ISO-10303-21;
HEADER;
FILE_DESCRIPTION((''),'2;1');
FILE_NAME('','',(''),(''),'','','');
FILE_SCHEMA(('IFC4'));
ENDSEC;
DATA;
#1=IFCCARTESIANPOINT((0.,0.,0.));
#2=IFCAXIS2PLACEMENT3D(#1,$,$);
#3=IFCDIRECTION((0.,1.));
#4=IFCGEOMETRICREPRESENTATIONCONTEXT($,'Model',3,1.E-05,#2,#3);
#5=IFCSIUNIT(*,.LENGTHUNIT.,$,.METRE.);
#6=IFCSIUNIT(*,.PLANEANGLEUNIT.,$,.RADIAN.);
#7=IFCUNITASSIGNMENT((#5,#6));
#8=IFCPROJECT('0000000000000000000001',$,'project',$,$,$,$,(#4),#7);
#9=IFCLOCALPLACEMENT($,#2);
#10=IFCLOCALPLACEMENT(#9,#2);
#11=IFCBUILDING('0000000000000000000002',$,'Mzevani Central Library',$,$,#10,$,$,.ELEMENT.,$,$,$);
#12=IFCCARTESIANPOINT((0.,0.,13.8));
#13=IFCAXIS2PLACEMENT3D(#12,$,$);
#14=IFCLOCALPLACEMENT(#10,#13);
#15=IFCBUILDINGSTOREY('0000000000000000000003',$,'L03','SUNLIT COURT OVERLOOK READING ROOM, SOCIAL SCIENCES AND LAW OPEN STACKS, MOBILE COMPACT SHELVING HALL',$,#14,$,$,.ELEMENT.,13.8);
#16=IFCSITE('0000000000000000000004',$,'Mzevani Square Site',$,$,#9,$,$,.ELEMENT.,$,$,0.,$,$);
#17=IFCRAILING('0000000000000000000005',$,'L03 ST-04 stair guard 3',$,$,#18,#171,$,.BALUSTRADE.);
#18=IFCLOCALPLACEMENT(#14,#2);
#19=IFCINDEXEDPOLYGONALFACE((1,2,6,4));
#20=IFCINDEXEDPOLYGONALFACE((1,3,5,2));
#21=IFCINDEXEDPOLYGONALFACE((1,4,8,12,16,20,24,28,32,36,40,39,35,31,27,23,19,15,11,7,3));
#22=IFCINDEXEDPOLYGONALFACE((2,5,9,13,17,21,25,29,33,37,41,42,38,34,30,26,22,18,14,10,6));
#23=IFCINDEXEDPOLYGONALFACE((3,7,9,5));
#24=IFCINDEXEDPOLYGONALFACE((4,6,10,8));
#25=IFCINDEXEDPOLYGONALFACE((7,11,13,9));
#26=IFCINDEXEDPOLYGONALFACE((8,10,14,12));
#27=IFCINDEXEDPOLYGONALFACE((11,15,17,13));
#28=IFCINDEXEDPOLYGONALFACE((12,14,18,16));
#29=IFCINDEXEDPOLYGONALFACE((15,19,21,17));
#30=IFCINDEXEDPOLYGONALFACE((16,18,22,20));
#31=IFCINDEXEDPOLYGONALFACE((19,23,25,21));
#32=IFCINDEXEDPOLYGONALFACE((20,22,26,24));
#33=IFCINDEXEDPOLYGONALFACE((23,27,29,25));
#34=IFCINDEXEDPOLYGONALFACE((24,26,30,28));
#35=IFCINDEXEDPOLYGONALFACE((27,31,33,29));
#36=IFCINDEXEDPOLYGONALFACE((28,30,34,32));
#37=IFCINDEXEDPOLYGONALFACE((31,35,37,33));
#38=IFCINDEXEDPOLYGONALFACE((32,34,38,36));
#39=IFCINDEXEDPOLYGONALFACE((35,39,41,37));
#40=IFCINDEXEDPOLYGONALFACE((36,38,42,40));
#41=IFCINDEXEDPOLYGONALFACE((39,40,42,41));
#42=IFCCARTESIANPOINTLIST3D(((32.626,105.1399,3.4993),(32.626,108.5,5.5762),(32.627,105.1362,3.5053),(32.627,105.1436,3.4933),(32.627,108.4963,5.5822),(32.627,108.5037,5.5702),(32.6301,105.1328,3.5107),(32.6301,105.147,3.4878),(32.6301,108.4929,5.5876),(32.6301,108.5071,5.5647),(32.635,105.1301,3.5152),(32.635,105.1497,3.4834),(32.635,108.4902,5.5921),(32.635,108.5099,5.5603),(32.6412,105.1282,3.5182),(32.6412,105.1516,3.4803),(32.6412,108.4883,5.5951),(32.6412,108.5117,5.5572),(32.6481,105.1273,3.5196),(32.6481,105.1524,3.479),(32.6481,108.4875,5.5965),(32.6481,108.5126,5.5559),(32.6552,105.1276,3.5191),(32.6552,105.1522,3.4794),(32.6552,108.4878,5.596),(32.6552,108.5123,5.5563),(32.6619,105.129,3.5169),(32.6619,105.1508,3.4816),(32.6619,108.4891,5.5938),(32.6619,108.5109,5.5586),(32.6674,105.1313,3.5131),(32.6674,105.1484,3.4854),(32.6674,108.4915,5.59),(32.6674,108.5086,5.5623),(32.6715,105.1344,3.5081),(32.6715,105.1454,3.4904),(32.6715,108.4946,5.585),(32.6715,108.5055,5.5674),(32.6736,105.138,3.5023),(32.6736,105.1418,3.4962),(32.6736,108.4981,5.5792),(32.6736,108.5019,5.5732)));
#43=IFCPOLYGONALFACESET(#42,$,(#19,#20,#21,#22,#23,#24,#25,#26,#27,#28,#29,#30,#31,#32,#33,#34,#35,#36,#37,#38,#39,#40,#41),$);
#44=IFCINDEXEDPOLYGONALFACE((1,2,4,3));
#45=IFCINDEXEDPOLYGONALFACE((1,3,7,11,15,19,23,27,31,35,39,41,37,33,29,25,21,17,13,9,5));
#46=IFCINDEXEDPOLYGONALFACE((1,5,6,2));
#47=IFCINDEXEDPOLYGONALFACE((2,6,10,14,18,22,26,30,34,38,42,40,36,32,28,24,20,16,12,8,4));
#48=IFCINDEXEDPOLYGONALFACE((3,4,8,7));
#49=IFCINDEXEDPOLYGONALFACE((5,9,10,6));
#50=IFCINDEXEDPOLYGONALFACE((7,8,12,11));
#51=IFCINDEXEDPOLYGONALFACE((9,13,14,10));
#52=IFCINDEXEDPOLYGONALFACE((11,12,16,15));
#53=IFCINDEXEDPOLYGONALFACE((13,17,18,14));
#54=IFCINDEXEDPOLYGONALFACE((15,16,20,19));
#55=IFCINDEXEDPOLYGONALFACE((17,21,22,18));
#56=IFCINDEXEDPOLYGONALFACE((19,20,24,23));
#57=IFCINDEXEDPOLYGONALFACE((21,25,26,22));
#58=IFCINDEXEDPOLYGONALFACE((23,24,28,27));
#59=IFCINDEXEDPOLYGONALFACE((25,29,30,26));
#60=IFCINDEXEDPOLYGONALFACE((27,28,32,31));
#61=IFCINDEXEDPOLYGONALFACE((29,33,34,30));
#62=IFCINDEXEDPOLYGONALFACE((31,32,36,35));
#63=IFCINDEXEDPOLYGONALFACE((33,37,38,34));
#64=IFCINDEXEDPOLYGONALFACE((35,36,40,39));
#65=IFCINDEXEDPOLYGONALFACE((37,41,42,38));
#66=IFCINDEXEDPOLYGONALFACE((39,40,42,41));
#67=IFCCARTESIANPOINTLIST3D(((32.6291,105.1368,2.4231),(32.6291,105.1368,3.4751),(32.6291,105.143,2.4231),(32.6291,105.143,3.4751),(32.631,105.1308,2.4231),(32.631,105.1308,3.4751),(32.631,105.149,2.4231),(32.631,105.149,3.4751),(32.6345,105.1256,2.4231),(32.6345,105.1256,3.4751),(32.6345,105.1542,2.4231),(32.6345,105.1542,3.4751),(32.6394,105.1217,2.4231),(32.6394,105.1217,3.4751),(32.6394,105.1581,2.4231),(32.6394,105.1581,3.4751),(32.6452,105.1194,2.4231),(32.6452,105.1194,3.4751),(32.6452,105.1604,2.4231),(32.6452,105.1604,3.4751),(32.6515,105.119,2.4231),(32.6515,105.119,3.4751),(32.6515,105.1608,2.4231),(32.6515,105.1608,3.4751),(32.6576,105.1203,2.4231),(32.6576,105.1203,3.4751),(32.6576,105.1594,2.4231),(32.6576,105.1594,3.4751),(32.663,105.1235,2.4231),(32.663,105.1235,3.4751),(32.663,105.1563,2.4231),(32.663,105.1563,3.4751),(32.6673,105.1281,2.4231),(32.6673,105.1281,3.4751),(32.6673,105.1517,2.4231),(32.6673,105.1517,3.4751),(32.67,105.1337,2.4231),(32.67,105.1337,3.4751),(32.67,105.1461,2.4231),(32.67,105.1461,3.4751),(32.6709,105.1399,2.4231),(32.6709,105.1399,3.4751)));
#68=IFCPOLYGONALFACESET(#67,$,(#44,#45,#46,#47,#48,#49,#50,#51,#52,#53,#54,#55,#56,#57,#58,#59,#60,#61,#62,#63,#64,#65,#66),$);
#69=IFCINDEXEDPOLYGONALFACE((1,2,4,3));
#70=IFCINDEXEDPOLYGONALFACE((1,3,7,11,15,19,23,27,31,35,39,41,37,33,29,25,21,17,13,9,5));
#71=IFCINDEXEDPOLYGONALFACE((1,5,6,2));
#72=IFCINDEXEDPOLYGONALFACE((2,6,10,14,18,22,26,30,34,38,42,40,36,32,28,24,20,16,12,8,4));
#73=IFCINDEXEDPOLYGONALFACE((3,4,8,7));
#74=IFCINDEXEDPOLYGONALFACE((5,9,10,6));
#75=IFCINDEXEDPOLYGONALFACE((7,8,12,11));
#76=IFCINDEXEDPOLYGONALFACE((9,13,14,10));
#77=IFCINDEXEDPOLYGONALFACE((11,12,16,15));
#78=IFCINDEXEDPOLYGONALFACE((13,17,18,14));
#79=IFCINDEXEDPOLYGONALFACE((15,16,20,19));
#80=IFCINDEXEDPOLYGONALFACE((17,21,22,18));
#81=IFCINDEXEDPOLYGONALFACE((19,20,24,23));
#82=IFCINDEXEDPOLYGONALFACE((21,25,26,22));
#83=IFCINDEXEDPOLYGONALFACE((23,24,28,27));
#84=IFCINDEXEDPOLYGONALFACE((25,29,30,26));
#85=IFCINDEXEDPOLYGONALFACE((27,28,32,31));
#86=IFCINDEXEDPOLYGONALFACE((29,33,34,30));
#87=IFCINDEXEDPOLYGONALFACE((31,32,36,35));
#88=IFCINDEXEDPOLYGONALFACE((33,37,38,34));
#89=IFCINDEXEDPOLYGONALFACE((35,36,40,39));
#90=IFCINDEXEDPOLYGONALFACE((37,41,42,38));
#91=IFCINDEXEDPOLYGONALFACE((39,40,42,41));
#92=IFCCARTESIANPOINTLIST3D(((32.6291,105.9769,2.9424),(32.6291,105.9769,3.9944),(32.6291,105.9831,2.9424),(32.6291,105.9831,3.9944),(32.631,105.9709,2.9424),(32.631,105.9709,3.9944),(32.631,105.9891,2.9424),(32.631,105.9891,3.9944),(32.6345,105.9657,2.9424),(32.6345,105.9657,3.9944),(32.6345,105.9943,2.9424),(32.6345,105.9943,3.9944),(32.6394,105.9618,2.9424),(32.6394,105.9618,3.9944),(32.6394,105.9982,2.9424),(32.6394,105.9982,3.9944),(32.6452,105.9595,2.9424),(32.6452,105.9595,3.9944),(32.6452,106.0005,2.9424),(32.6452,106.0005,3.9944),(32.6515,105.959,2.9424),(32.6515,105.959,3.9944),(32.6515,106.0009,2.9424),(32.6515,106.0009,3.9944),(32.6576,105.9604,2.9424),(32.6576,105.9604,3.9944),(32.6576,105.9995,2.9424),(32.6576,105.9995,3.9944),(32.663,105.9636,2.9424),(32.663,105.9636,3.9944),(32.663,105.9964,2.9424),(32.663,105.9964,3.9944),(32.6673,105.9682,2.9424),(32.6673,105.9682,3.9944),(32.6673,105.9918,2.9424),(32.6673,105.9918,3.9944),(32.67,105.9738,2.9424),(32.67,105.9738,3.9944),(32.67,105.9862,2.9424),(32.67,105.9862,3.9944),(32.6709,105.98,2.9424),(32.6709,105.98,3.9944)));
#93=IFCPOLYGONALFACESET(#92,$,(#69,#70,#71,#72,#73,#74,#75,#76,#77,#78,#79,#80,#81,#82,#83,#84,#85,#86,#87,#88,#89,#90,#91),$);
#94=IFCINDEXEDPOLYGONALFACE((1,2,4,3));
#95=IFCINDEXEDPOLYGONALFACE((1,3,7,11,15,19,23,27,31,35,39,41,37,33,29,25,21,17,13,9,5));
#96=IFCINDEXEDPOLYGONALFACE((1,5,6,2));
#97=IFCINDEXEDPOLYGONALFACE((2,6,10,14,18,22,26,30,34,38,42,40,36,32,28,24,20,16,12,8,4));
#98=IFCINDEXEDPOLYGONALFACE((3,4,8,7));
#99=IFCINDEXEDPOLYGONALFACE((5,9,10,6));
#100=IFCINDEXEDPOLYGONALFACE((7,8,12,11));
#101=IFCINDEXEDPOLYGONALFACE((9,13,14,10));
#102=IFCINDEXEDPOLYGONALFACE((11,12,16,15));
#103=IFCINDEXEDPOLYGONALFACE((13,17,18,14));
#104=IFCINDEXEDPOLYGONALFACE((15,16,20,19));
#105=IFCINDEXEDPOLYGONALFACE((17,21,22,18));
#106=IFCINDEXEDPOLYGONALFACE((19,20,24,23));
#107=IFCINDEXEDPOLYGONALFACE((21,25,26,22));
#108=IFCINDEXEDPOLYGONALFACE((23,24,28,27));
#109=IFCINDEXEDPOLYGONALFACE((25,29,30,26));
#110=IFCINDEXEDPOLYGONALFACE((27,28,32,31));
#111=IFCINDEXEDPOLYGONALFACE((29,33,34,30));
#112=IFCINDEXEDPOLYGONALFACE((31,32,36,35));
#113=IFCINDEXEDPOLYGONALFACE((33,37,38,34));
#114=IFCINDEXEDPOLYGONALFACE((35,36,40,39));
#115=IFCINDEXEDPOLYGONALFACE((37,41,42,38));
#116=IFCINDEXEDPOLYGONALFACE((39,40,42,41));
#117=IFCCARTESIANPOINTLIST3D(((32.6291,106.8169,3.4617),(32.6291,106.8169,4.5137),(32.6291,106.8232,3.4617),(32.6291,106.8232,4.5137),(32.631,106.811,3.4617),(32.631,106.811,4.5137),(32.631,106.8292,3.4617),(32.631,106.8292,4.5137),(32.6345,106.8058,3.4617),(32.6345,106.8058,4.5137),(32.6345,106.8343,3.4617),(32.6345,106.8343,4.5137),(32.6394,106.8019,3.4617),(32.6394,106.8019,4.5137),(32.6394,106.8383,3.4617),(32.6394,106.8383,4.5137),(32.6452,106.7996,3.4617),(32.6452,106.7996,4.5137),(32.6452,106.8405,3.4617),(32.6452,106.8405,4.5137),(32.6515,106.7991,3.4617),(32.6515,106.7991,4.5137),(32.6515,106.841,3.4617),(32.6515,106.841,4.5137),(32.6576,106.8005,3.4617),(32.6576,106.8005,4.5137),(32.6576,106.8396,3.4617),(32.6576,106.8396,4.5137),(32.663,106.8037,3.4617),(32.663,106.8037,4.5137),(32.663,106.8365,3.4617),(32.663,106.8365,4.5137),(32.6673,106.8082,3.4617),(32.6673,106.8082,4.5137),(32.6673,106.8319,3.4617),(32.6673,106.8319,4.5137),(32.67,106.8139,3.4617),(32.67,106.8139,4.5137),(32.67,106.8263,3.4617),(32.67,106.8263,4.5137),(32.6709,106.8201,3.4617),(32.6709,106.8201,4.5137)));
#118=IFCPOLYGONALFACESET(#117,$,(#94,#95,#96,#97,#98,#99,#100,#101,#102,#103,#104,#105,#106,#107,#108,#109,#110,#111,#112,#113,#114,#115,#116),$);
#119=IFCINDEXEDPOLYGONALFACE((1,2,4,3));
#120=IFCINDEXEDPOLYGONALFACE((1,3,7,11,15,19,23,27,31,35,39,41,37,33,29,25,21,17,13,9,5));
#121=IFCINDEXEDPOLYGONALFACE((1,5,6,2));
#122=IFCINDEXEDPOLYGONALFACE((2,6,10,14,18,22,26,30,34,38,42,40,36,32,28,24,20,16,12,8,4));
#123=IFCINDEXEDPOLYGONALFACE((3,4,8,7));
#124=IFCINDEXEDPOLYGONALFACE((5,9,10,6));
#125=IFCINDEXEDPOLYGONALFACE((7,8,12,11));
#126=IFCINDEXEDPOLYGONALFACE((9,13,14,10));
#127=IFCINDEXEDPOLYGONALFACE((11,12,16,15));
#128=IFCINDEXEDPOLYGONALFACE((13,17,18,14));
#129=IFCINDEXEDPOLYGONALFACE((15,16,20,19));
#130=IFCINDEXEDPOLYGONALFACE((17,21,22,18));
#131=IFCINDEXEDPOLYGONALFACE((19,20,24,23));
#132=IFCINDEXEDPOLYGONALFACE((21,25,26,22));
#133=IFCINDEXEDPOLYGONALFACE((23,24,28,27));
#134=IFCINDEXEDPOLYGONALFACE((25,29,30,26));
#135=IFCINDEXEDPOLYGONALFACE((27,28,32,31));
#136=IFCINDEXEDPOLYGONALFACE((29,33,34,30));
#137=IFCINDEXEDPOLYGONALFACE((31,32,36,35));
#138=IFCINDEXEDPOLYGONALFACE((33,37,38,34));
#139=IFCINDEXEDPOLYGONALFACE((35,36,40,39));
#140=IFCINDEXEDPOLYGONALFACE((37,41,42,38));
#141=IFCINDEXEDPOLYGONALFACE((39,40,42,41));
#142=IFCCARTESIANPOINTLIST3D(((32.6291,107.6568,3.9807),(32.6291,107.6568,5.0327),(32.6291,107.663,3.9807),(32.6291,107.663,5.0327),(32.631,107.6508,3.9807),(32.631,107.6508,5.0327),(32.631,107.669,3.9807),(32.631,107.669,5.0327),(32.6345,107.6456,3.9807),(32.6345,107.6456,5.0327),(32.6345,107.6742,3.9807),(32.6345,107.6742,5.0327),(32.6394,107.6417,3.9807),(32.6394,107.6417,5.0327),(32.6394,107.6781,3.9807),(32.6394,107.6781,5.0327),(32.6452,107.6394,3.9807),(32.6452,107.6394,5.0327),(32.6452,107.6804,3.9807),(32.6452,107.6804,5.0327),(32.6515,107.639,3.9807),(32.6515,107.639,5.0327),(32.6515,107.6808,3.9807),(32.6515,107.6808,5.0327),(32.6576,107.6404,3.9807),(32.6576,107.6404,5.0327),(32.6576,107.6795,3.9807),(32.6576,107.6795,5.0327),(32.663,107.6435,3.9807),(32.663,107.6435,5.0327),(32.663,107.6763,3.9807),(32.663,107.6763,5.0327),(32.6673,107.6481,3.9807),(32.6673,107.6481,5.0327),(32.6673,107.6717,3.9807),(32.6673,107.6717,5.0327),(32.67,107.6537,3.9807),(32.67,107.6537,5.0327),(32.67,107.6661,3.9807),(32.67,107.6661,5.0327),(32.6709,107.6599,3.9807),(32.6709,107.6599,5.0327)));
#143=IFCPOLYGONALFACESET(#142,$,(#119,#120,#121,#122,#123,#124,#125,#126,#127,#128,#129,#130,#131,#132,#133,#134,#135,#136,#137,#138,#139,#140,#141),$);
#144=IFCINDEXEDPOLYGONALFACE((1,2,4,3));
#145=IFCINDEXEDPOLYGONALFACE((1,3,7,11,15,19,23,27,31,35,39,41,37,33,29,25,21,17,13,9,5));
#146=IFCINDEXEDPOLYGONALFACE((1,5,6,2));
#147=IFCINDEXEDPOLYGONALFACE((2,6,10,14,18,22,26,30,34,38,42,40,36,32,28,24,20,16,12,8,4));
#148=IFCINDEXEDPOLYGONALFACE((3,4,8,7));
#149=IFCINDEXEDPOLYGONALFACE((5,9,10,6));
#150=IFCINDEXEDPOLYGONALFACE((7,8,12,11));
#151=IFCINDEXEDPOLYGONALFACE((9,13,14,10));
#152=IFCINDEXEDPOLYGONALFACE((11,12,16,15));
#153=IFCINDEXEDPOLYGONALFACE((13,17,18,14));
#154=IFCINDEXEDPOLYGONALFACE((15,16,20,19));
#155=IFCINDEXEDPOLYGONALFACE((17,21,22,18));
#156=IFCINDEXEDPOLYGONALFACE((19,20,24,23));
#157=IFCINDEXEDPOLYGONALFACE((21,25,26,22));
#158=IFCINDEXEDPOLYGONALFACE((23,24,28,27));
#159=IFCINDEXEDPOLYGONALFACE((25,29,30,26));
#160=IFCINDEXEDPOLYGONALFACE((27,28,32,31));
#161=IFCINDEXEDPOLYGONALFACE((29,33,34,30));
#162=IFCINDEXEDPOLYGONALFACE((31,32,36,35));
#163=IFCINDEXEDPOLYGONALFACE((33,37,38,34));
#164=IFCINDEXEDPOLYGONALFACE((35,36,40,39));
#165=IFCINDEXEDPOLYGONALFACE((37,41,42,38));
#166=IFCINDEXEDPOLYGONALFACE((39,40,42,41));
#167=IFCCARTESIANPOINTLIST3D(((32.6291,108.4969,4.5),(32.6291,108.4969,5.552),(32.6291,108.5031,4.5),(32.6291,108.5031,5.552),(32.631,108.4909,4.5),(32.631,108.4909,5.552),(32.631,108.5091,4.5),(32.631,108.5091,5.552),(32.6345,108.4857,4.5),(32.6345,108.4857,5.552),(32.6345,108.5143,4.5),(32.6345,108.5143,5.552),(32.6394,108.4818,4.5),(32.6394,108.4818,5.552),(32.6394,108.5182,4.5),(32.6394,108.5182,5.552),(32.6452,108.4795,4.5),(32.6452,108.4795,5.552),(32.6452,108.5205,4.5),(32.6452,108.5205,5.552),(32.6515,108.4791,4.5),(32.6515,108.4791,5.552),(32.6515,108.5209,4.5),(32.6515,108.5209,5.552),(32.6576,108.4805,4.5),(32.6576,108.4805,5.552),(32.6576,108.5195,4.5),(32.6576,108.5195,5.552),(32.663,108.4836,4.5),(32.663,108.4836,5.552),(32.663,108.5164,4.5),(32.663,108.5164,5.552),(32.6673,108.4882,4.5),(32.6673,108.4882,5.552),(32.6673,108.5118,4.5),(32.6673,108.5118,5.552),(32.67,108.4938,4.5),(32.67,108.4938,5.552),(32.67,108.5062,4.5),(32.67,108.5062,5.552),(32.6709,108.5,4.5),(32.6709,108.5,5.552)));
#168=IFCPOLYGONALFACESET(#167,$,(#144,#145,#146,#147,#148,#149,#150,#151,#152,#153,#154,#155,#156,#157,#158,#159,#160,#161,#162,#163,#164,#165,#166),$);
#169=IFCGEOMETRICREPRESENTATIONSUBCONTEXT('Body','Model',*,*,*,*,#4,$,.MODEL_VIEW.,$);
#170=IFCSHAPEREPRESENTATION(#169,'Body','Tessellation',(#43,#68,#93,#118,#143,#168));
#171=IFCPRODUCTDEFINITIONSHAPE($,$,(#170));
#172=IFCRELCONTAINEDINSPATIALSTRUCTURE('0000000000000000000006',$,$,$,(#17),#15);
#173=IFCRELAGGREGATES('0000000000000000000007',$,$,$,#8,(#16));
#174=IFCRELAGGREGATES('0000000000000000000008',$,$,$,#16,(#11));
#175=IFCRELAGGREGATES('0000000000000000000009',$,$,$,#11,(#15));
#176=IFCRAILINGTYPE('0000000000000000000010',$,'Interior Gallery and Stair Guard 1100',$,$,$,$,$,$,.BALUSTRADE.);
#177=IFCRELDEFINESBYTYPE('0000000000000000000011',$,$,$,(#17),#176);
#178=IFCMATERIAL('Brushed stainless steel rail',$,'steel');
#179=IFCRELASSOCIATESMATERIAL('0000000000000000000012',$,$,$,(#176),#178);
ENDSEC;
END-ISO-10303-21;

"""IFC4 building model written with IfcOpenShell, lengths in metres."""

from ifc_helpers import new_model, si_unit, direction, frame, origin, origin_2d, place, context, subcontext, project, spatial, circle, extrude, material, type_object, element, save


model = new_model("IFC4")

# Units and contexts
model_context = context("Model", 3, precision=1e-05, world=origin(), true_north=direction((0.0, 1.0)))
body_context = subcontext(model_context, "Body", "Model", "MODEL_VIEW")
ifc_project = project(units=[si_unit("LENGTHUNIT", "METRE"), si_unit("PLANEANGLEUNIT", "RADIAN")], contexts=[model_context])

# Site, building, storey
site_placement = place(None, origin())
site = spatial("IfcSite", under=ifc_project, at=site_placement, Name="Mzevani Square Site", CompositionType="ELEMENT", RefElevation=0.0)
building_placement = place(site_placement, origin())
building = spatial("IfcBuilding", under=site, at=building_placement, Name="Mzevani Central Library", CompositionType="ELEMENT")
storey_placement = place(building_placement, frame((0.0, 0.0, 13.8)))
storey = spatial("IfcBuildingStorey", under=building, at=storey_placement, Name="L03", Description="SUNLIT COURT OVERLOOK READING ROOM, SOCIAL SCIENCES AND LAW OPEN STACKS, MOBILE COMPACT SHELVING HALL", CompositionType="ELEMENT", Elevation=13.8)

# Railing
ifc_material_1 = material(Name="Brushed stainless steel rail", Category="steel")
railing_type_1 = type_object("IfcRailingType", Name="Interior Gallery and Stair Guard 1100", PredefinedType="BALUSTRADE", material=ifc_material_1)
railing_1_placement = place(storey_placement, frame((32.6499, 105.1399, 2.4231)))
element("IfcRailing", 1, at=railing_1_placement, inside=storey, type_object=railing_type_1, Name="L03 ST-04 stair guard 3", PredefinedType="BALUSTRADE", context=body_context, shape_type="SweptSolid", body=[
    extrude(circle(Radius=0.0239, at=origin_2d()), frame((0.0, 0.0, 1.0762), z_axis=(0.0, 0.850623, 0.525776), x_axis=(-1.0, 0.0, 0.0)), (0.0, 0.0, 1.0), 3.9502),
    extrude(circle(Radius=0.021, at=origin_2d()), origin(), (0.0, 0.0, 1.0), 1.052),
    extrude(circle(Radius=0.021, at=origin_2d()), frame((0.0, 0.8401, 0.5193)), (0.0, 0.0, 1.0), 1.052),
    extrude(circle(Radius=0.021, at=origin_2d()), frame((0.0, 1.6802, 1.0386)), (0.0, 0.0, 1.0), 1.052),
    extrude(circle(Radius=0.021, at=origin_2d()), frame((0.0, 2.52, 1.5576)), (0.0, 0.0, 1.0), 1.052),
    extrude(circle(Radius=0.021, at=origin_2d()), frame((0.0, 3.3601, 2.0769)), (0.0, 0.0, 1.0), 1.052),
])

save(model, "model.ifc")
